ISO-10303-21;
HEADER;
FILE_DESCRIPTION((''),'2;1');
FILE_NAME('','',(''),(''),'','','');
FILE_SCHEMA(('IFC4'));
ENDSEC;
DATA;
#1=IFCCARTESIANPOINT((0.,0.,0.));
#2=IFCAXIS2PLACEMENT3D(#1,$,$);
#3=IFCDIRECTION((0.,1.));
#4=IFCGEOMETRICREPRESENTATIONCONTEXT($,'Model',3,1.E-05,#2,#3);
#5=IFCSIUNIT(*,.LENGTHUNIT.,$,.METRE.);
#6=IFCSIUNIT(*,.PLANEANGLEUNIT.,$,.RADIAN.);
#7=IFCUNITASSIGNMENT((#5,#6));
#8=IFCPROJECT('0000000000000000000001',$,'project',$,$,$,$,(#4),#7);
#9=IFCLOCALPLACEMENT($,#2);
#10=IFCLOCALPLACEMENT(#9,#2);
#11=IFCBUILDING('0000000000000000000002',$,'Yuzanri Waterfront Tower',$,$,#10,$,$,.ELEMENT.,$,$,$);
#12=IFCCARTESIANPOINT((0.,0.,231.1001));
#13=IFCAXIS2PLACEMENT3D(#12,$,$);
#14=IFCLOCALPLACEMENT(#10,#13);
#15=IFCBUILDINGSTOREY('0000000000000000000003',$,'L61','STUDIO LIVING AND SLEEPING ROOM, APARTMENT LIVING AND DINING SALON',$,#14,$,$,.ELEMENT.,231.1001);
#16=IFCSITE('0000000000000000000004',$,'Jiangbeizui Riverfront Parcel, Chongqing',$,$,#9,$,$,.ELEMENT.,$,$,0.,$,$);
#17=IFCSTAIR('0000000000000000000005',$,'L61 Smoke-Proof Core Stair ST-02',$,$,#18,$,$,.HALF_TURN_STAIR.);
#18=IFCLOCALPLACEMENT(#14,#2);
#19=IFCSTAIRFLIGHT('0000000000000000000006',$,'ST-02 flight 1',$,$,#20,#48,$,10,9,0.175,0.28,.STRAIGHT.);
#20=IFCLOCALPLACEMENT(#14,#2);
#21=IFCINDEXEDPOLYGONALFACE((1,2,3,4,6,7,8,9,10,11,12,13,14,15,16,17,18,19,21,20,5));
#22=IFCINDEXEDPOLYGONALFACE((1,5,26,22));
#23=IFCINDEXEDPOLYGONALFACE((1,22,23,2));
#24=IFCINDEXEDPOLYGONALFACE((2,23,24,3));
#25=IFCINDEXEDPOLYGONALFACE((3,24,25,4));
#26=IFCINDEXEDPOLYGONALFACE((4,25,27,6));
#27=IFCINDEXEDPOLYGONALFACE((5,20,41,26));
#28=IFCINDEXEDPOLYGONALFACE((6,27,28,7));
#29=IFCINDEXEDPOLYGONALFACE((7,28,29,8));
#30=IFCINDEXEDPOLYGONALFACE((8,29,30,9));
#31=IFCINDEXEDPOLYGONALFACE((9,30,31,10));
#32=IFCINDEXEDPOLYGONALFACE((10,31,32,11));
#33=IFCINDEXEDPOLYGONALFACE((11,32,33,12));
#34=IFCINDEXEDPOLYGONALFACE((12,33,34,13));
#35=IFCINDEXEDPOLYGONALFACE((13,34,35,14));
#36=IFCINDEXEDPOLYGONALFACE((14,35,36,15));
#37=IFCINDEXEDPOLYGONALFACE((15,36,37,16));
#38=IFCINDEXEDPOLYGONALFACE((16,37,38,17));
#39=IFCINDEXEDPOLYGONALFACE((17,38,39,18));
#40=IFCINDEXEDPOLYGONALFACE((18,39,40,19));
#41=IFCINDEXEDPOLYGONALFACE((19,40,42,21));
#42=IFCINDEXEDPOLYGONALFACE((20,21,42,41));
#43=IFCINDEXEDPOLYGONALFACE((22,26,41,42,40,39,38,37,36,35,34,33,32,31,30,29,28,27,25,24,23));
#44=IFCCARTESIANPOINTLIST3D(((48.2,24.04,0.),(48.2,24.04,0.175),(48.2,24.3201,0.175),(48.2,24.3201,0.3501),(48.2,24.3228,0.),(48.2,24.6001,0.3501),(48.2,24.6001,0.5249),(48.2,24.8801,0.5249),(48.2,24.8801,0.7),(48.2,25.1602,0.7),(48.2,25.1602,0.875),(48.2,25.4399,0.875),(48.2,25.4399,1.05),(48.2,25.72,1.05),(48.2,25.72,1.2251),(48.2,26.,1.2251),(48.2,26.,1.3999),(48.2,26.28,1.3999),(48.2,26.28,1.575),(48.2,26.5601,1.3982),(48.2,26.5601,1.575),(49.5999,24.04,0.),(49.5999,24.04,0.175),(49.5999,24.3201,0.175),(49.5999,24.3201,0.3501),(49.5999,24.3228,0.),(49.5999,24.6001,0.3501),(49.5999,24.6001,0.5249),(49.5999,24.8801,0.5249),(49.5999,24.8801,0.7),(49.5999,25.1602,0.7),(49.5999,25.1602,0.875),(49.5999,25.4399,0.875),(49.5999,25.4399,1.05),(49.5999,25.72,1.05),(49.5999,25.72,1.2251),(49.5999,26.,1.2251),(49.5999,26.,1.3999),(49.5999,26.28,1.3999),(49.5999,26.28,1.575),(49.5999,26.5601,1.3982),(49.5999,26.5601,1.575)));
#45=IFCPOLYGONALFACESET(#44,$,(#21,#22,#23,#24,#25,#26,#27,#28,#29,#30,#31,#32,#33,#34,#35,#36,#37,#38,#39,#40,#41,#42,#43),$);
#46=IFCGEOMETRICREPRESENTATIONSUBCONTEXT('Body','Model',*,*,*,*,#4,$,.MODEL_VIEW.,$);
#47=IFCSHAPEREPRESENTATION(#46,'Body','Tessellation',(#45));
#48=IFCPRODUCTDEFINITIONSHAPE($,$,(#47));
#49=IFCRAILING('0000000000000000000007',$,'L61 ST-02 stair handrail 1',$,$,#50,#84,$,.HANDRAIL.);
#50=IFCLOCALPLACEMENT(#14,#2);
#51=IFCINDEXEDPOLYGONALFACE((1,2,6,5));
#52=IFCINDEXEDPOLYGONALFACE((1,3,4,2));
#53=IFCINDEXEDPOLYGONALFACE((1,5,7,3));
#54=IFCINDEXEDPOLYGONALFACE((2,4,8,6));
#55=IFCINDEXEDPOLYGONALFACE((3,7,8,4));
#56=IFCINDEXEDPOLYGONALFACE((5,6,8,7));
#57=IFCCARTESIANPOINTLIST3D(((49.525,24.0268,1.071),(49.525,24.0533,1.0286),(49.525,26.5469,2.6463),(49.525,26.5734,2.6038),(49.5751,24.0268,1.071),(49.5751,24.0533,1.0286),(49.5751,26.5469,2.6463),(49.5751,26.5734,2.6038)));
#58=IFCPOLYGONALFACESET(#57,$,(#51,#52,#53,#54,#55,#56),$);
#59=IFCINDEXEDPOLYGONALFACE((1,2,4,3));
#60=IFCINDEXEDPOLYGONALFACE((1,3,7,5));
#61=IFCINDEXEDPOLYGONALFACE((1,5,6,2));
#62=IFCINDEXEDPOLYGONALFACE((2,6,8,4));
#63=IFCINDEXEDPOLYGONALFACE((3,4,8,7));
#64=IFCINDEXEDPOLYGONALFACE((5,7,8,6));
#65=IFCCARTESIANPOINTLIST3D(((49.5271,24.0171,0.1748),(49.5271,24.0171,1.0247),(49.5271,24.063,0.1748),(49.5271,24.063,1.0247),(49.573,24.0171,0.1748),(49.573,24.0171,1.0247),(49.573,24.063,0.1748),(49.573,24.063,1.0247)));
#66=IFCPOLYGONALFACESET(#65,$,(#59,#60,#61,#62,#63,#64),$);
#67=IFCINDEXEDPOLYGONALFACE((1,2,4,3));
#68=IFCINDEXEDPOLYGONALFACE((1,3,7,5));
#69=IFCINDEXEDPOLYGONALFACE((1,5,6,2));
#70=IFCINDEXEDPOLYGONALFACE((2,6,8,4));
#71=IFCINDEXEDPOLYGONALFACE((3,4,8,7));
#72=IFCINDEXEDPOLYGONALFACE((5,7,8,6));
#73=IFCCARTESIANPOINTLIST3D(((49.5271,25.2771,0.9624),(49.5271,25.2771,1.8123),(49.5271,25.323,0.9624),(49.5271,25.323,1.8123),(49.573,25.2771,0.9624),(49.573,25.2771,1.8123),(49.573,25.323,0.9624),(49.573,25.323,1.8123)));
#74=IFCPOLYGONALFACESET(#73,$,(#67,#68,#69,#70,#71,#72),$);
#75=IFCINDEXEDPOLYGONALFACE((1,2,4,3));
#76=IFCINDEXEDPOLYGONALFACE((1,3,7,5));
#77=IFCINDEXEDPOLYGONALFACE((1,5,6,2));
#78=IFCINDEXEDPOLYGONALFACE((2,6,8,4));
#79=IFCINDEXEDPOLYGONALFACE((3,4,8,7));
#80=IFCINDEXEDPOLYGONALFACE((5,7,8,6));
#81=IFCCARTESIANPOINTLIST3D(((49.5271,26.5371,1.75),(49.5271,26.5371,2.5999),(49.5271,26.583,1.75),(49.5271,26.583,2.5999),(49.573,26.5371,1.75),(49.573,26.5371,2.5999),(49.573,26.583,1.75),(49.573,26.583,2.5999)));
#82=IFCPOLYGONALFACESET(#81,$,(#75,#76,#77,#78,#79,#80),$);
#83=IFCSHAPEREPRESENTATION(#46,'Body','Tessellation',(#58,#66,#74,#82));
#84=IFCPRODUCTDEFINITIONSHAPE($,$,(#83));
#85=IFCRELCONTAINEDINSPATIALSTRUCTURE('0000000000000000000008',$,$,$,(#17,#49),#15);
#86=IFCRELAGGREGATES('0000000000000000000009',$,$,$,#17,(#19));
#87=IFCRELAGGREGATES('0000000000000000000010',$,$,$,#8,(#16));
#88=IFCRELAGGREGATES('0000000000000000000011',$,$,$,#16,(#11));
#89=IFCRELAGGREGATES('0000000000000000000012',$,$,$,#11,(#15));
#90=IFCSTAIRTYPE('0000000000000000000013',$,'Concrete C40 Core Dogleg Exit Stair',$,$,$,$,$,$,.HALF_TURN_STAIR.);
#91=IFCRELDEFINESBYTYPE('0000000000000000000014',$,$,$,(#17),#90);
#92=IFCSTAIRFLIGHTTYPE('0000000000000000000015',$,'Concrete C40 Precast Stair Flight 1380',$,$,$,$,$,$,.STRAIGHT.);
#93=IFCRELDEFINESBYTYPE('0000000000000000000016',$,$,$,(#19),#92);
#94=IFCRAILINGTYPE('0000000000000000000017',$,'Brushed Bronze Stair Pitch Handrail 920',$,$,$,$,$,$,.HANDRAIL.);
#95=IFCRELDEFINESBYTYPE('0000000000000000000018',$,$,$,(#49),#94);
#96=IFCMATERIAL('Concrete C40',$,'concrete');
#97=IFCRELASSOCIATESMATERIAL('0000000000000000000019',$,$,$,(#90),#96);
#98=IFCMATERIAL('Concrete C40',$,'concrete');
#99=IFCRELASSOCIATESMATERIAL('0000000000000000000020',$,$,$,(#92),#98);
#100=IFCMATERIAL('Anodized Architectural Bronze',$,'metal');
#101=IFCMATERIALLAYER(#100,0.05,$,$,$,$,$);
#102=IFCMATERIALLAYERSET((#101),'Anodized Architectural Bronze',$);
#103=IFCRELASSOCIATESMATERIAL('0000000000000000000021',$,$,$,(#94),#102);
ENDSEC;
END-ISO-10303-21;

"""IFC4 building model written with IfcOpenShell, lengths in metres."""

from ifc_helpers import new_model, si_unit, direction, frame, origin, origin_2d, place, context, subcontext, project, spatial, polyline, rectangle, outline, extrude, source, transform, mapped, material, layer, layer_set, type_object, element, aggregate, save


model = new_model("IFC4")

# Units and contexts
model_context = context("Model", 3, precision=1e-05, world=origin(), true_north=direction((0.0, 1.0)))
body_context = subcontext(model_context, "Body", "Model", "MODEL_VIEW")
ifc_project = project(units=[si_unit("LENGTHUNIT", "METRE"), si_unit("PLANEANGLEUNIT", "RADIAN")], contexts=[model_context])

# Site, building, storey
site_placement = place(None, origin())
site = spatial("IfcSite", under=ifc_project, at=site_placement, Name="Jiangbeizui Riverfront Parcel, Chongqing", CompositionType="ELEMENT", RefElevation=0.0)
building_placement = place(site_placement, origin())
building = spatial("IfcBuilding", under=site, at=building_placement, Name="Yuzanri Waterfront Tower", CompositionType="ELEMENT")
storey_placement = place(building_placement, frame((0.0, 0.0, 231.1001)))
storey = spatial("IfcBuildingStorey", under=building, at=storey_placement, Name="L61", Description="STUDIO LIVING AND SLEEPING ROOM, APARTMENT LIVING AND DINING SALON", CompositionType="ELEMENT", Elevation=231.1001)

# Stair, stair flight
ifc_material_1 = material(Name="Concrete C40", Category="concrete")
stair_type = type_object("IfcStairType", Name="Concrete C40 Core Dogleg Exit Stair", PredefinedType="HALF_TURN_STAIR", material=ifc_material_1)
stair_placement = place(storey_placement, origin())
stair = element("IfcStair", 1, at=stair_placement, inside=storey, type_object=stair_type, Name="L61 Smoke-Proof Core Stair ST-02", PredefinedType="HALF_TURN_STAIR")
ifc_material_2 = material(Name="Concrete C40", Category="concrete")
stair_flight_type = type_object("IfcStairFlightType", Name="Concrete C40 Precast Stair Flight 1380", PredefinedType="STRAIGHT", material=ifc_material_2)
shared_shape_1 = source(origin(), body_context, "Body", "SweptSolid", [
    extrude(outline(polyline([(0.0, 0.0), (0.0, 0.175), (0.28, 0.175), (0.28, 0.3501), (0.5601, 0.3501), (0.5601, 0.5249), (0.8401, 0.5249), (0.8401, 0.7), (1.1201, 0.7), (1.1201, 0.875), (1.3999, 0.875), (1.3999, 1.05), (1.6799, 1.05), (1.6799, 1.2251), (1.96, 1.2251), (1.96, 1.3999), (2.24, 1.3999), (2.24, 1.575), (2.52, 1.575), (2.52, 1.75), (2.52, 1.3982), (0.2827, 0.0), (0.0, 0.0)])), frame((0.0, 0.7, 0.0), z_axis=(0.0, -1.0, 0.0), x_axis=(1.0, 0.0, 0.0)), (0.0, 0.0, 1.0), 1.3999),
])
stair_flight_placement = place(storey_placement, frame((48.8999, 24.04, 0.0), z_axis=(0.0, 0.0, 1.0), x_axis=(0.0, 1.0, 0.0)))
stair_flight = element("IfcStairFlight", 2, at=stair_flight_placement, type_object=stair_flight_type, Name="ST-02 flight 1", NumberOfRisers=10, NumberOfTreads=9, PredefinedType="STRAIGHT", RiserHeight=0.175, TreadLength=0.28, context=body_context, shape_type="MappedRepresentation", body=[
    mapped(shared_shape_1, transform((0.0, 0.0, 0.0), scale=1.0)),
])
aggregate(stair, [stair_flight])

# Railing
ifc_material_3 = material(Name="Anodized Architectural Bronze", Category="metal")
ifc_layer_1 = layer(ifc_material_3, 0.05)
ifc_layer_set_1 = layer_set([ifc_layer_1], Name="Anodized Architectural Bronze")
railing_type = type_object("IfcRailingType", Name="Brushed Bronze Stair Pitch Handrail 920", PredefinedType="HANDRAIL", material=ifc_layer_set_1)
shared_shape_2 = source(origin(), body_context, "Body", "SweptSolid", [
    extrude(rectangle(XDim=0.05, YDim=0.05, at=origin_2d()), frame((0.0, 0.0, 0.875), z_axis=(0.0, 0.847971, 0.530043), x_axis=(-1.0, 0.0, 0.0)), (0.0, 0.0, 1.0), 2.9719),
    extrude(rectangle(XDim=0.0459, YDim=0.0459, at=origin_2d()), origin(), (0.0, 0.0, 1.0), 0.8499),
    extrude(rectangle(XDim=0.0459, YDim=0.0459, at=origin_2d()), frame((0.0, 1.26, 0.7876)), (0.0, 0.0, 1.0), 0.8499),
    extrude(rectangle(XDim=0.0459, YDim=0.0459, at=origin_2d()), frame((0.0, 2.52, 1.5752)), (0.0, 0.0, 1.0), 0.8499),
])
railing_placement = place(storey_placement, frame((49.55, 24.04, 0.1748)))
element("IfcRailing", 3, at=railing_placement, inside=storey, type_object=railing_type, Name="L61 ST-02 stair handrail 1", PredefinedType="HANDRAIL", context=body_context, shape_type="MappedRepresentation", body=[
    mapped(shared_shape_2, transform((0.0, 0.0, 0.0), scale=1.0)),
])

save(model, "model.ifc")
